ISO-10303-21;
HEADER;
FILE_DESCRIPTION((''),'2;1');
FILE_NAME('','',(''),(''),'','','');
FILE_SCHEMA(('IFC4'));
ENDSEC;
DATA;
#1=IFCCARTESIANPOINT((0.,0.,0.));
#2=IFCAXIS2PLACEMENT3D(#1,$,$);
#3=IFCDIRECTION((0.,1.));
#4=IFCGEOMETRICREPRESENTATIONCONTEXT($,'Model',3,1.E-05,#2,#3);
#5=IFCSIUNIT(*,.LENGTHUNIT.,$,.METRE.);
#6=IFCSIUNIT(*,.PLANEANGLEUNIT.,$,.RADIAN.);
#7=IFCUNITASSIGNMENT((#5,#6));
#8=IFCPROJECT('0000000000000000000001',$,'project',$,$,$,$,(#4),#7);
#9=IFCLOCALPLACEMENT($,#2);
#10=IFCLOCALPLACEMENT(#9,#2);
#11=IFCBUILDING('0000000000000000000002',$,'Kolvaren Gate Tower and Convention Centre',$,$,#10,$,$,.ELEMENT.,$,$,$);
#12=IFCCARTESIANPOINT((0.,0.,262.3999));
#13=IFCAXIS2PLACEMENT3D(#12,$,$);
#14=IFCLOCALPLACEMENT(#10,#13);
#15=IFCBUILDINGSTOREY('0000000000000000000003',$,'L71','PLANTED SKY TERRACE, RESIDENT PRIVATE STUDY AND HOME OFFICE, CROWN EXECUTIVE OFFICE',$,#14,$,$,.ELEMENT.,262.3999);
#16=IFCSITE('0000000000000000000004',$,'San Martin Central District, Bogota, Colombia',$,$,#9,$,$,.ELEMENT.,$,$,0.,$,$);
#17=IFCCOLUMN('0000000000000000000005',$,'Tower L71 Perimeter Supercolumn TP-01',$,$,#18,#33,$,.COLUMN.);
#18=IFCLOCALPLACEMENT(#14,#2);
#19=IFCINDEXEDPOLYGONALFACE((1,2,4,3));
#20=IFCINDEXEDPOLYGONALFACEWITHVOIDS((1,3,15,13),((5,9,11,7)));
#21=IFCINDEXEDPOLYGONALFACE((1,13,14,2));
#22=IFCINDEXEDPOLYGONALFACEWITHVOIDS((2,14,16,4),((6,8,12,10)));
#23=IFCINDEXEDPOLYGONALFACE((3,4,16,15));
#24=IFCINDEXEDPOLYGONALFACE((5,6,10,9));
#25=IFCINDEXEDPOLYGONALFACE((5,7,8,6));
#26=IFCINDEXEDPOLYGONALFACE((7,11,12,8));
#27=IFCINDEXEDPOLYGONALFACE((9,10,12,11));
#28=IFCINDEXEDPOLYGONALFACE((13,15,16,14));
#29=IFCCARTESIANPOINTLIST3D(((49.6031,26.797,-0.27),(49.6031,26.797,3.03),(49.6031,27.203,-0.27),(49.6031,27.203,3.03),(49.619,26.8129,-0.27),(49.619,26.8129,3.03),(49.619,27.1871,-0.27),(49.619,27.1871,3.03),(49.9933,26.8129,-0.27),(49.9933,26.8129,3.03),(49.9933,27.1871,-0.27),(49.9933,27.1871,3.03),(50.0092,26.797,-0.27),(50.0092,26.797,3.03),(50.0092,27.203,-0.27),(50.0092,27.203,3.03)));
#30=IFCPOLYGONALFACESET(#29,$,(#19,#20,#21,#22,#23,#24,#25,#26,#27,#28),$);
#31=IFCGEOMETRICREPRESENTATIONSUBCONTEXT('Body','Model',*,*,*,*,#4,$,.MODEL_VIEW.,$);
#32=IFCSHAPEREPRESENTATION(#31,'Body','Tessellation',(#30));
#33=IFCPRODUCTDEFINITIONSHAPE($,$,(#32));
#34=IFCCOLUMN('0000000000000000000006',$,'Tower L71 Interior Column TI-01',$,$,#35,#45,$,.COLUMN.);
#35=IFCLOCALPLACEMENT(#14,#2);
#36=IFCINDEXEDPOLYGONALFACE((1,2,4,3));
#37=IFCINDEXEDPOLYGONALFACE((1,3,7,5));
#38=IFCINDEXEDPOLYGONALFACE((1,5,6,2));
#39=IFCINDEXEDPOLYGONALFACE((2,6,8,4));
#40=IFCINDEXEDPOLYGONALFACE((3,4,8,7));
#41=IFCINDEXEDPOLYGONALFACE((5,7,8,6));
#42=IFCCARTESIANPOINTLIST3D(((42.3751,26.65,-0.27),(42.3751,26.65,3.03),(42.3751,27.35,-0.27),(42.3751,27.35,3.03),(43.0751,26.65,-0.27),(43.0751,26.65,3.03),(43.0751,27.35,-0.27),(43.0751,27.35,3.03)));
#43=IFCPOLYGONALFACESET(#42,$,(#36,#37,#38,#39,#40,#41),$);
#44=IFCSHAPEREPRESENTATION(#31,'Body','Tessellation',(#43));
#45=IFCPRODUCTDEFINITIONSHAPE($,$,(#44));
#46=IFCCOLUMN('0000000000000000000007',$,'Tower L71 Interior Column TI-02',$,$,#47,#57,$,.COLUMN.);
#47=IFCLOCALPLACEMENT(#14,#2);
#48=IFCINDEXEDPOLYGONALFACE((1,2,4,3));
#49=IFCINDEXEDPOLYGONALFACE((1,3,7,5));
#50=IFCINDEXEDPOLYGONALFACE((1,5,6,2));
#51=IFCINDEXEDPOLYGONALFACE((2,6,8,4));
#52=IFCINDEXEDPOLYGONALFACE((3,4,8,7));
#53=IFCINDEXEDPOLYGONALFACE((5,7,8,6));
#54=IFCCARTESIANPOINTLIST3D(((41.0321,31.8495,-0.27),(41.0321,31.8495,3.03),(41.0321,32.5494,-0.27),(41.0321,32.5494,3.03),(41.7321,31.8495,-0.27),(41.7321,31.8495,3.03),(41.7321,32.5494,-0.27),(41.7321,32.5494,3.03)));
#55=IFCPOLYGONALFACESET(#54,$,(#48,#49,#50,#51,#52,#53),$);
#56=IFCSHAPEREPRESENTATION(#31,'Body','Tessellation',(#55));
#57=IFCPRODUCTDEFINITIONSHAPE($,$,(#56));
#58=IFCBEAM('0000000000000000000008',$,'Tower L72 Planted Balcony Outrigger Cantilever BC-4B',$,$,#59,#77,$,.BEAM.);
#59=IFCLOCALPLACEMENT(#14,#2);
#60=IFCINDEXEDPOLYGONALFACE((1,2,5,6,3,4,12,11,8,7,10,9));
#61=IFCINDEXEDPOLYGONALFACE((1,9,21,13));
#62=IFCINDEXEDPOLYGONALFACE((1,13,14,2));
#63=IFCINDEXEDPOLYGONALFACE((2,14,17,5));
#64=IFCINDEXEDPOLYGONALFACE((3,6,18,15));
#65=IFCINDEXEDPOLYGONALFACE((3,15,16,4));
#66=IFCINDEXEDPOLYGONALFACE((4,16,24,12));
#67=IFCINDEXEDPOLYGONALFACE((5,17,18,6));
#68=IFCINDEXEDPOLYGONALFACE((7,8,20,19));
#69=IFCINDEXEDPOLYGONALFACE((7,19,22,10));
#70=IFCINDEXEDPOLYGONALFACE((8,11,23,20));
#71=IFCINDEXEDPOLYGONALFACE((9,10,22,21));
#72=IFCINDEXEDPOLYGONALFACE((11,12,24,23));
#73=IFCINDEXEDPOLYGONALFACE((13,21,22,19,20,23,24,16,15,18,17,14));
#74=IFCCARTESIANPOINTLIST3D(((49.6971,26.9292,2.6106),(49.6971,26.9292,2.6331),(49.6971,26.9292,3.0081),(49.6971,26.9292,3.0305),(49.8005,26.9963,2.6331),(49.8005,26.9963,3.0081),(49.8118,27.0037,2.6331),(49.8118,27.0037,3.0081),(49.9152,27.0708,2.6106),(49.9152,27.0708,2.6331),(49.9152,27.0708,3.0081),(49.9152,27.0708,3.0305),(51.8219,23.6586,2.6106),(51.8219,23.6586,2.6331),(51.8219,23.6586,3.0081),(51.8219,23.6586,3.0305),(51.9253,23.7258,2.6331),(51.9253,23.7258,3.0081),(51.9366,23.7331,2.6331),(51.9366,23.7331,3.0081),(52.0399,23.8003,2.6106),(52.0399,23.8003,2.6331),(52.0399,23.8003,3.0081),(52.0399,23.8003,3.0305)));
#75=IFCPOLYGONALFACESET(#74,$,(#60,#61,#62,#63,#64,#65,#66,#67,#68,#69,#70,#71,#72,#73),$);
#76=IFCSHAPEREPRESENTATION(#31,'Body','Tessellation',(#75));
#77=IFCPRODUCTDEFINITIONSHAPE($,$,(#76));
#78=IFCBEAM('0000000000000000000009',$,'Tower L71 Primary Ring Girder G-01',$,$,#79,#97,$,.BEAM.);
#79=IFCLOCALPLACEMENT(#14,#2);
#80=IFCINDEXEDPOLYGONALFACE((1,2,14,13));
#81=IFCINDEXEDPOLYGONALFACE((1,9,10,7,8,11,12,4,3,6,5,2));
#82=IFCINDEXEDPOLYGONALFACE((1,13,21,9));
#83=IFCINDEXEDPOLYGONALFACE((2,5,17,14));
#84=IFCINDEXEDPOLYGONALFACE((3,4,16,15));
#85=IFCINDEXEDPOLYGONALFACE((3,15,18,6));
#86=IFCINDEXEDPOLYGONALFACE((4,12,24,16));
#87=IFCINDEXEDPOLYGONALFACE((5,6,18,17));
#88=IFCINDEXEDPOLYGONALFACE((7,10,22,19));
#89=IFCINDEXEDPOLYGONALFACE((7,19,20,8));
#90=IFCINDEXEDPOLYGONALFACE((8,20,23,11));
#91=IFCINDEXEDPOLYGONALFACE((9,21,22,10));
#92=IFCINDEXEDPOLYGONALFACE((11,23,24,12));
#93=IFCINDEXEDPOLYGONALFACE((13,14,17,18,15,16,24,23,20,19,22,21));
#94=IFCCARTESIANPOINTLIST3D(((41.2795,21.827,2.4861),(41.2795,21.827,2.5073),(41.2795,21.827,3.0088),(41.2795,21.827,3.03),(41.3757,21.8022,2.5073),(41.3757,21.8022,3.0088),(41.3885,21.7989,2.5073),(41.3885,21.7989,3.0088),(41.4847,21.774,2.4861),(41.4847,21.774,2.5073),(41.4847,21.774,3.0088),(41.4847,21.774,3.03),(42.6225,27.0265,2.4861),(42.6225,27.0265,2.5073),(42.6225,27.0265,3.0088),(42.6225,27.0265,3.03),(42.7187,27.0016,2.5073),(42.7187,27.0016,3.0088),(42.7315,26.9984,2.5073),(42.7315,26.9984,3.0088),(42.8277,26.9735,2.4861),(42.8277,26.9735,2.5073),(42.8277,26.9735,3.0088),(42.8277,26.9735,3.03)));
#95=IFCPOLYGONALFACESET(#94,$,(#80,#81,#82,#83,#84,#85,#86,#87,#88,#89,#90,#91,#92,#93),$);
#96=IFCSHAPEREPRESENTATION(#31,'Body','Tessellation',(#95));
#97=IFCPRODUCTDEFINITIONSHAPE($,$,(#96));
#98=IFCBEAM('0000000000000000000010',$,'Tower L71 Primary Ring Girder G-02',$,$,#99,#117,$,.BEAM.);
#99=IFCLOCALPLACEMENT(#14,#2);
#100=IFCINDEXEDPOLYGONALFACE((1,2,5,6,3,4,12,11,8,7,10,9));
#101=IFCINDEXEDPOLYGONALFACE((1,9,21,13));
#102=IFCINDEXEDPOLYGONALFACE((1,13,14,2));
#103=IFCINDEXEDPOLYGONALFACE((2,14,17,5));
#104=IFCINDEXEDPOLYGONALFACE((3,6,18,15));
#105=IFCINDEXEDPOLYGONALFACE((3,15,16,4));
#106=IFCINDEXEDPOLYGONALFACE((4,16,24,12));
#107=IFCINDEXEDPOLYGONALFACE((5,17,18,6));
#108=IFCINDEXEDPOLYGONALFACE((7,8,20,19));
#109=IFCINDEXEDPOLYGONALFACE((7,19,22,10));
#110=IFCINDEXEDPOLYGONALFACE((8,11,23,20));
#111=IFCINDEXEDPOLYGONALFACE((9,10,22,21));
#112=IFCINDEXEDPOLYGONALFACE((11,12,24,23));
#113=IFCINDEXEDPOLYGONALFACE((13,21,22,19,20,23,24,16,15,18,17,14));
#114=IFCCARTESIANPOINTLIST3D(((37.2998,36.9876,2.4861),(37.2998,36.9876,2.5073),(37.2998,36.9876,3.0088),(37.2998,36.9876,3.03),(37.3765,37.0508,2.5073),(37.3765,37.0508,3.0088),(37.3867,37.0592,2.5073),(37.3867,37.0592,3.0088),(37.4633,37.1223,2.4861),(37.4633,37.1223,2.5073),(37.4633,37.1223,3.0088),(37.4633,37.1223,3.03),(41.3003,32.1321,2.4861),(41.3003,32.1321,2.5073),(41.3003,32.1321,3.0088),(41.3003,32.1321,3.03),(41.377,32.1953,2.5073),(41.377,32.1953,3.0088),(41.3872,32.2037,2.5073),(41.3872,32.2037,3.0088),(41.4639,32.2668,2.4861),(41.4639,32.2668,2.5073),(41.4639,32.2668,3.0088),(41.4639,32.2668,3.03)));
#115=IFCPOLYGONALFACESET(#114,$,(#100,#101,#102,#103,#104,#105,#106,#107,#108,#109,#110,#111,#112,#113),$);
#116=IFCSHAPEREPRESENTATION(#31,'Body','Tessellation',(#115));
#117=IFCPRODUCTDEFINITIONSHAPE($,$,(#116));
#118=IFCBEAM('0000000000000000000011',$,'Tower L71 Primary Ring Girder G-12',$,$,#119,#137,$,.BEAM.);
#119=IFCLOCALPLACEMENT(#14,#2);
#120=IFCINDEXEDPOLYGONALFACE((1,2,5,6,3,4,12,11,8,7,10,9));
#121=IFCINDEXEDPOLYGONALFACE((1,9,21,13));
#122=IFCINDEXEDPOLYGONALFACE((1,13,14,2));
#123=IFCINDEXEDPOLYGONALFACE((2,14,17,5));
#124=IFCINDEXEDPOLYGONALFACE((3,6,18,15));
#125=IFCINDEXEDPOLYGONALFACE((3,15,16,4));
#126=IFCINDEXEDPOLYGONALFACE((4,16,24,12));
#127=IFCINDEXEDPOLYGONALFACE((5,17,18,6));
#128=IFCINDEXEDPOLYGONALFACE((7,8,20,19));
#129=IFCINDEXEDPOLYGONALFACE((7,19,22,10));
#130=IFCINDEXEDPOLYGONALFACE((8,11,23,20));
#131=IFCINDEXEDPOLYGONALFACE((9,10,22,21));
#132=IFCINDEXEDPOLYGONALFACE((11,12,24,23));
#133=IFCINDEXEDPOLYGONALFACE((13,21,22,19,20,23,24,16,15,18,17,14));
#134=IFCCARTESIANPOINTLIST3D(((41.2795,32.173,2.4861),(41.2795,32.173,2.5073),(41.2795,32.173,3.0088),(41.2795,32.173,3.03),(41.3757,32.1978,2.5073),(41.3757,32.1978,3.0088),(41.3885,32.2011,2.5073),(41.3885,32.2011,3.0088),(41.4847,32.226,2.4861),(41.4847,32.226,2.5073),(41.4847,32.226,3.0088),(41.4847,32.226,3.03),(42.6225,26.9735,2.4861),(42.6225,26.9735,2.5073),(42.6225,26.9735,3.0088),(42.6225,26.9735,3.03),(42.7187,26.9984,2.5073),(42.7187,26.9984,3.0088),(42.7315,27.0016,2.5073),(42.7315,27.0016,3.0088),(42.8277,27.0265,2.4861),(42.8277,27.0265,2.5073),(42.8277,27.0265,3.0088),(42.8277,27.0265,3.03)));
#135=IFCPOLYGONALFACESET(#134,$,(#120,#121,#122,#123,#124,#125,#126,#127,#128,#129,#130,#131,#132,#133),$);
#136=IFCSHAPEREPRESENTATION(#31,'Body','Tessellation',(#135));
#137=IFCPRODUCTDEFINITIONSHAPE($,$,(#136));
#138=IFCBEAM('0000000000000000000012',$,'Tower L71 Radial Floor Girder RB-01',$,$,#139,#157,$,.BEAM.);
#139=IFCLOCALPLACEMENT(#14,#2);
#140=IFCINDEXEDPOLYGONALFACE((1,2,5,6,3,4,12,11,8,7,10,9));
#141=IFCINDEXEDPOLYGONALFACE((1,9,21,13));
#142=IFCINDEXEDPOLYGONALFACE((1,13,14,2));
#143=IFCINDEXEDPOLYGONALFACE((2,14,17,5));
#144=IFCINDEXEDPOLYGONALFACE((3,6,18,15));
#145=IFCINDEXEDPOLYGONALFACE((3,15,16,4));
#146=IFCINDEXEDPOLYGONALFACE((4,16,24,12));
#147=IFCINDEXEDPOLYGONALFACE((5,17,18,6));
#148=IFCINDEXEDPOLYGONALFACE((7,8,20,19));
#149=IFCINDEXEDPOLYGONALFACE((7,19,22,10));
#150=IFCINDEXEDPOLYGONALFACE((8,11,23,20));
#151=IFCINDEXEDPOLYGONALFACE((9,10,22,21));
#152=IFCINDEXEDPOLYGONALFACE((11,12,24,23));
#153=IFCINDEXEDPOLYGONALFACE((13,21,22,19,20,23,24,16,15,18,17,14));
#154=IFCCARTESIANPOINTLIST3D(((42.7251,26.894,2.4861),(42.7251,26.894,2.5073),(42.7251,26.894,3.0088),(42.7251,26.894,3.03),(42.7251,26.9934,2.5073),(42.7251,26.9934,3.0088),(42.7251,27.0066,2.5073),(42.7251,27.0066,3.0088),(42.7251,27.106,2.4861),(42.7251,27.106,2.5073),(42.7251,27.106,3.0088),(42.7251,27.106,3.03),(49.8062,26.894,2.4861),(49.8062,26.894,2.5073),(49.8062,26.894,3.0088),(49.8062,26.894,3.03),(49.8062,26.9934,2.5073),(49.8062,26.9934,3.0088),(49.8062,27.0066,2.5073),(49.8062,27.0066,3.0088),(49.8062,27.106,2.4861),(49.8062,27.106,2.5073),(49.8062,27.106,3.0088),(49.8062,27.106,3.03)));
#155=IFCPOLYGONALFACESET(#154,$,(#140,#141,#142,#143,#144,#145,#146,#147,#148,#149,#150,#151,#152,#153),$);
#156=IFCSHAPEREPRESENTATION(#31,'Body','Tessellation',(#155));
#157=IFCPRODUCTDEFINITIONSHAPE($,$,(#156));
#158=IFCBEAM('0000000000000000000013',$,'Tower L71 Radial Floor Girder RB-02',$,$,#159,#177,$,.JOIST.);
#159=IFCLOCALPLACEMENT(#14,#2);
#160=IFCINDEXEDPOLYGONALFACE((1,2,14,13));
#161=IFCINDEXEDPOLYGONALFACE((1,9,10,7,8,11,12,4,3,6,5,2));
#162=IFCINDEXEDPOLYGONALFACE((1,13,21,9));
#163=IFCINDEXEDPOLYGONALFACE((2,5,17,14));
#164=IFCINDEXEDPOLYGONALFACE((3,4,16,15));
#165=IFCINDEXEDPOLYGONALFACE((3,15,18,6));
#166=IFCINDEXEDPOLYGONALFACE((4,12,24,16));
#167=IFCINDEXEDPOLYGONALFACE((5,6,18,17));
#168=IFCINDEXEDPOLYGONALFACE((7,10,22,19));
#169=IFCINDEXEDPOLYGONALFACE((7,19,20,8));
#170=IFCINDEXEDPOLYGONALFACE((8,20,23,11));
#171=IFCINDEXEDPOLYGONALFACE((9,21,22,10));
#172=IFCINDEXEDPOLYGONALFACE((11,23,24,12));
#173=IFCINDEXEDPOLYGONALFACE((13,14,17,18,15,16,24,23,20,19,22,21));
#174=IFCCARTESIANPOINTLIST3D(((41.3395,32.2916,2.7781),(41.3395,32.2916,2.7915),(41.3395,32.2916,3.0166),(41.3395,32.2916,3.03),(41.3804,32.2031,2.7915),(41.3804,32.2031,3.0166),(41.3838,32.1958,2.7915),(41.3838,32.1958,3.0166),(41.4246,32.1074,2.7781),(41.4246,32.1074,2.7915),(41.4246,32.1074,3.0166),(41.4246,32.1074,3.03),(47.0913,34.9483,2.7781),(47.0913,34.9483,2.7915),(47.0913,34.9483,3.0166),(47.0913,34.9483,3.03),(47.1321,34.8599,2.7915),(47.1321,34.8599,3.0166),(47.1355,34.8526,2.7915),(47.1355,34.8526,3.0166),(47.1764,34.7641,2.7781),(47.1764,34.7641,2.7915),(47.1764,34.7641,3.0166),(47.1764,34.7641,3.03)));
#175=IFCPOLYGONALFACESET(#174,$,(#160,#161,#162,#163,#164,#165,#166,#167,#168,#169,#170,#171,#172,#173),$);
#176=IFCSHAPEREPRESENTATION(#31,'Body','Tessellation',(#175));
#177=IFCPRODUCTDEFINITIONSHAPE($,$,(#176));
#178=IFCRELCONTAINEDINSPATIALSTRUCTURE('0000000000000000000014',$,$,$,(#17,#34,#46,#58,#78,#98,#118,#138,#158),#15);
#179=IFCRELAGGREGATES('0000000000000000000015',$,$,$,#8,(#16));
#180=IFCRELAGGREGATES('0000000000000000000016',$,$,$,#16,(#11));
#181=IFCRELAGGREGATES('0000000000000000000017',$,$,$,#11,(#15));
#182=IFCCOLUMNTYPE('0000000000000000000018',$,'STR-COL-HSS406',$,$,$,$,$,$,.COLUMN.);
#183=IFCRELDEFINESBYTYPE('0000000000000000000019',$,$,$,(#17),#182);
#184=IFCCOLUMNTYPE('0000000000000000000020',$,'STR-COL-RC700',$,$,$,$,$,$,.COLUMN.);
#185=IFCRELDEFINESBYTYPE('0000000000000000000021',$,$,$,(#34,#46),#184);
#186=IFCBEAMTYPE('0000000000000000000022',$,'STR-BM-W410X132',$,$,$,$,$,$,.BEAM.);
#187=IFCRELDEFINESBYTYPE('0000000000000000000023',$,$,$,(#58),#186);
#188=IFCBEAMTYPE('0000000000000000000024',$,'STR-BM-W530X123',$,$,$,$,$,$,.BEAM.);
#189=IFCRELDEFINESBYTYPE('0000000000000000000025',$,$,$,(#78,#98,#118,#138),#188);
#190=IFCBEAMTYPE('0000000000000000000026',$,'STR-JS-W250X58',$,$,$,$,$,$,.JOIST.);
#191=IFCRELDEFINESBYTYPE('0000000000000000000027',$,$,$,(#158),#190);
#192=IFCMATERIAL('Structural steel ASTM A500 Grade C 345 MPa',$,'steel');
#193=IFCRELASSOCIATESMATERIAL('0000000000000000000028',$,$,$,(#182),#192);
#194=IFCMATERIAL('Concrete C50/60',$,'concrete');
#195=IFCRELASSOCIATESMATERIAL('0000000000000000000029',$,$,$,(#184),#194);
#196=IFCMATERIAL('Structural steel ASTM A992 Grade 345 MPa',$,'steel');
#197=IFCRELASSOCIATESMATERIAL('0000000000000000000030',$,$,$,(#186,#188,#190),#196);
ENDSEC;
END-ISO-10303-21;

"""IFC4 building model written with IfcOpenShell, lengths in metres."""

from ifc_helpers import new_model, si_unit, direction, frame, origin, origin_2d, place, context, subcontext, project, spatial, rectangle, hollow_rectangle, i_section, extrude, material, material_profile, profile_set, type_object, element, save


model = new_model("IFC4")

# Units and contexts
model_context = context("Model", 3, precision=1e-05, world=origin(), true_north=direction((0.0, 1.0)))
body_context = subcontext(model_context, "Body", "Model", "MODEL_VIEW")
ifc_project = project(units=[si_unit("LENGTHUNIT", "METRE"), si_unit("PLANEANGLEUNIT", "RADIAN")], contexts=[model_context])

# Site, building, storey
site_placement = place(None, origin())
site = spatial("IfcSite", under=ifc_project, at=site_placement, Name="San Martin Central District, Bogota, Colombia", CompositionType="ELEMENT", RefElevation=0.0)
building_placement = place(site_placement, origin())
building = spatial("IfcBuilding", under=site, at=building_placement, Name="Kolvaren Gate Tower and Convention Centre", CompositionType="ELEMENT")
storey_placement = place(building_placement, frame((0.0, 0.0, 262.3999)))
storey = spatial("IfcBuildingStorey", under=building, at=storey_placement, Name="L71", Description="PLANTED SKY TERRACE, RESIDENT PRIVATE STUDY AND HOME OFFICE, CROWN EXECUTIVE OFFICE", CompositionType="ELEMENT", Elevation=262.3999)

# Columns
ifc_material_1 = material(Name="Structural steel ASTM A500 Grade C 345 MPa", Category="steel")
ifc_material_profile_1 = material_profile(ifc_material_1, hollow_rectangle(XDim=0.406, YDim=0.406, WallThickness=0.0159, at=origin_2d()), Name="HSS406X406X15.9")
ifc_profile_set_1 = profile_set([ifc_material_profile_1], Name="Structural steel ASTM A500 Grade C 345 MPa")
column_type_1 = type_object("IfcColumnType", Name="STR-COL-HSS406", PredefinedType="COLUMN", material=ifc_profile_set_1)
column_placement = place(storey_placement, frame((49.8062, 27.0, -0.27), z_axis=(0.0, 0.0, 1.0), x_axis=(1.0, 0.0, 0.0)))
element("IfcColumn", 1, at=column_placement, inside=storey, type_object=column_type_1, Name="Tower L71 Perimeter Supercolumn TP-01", PredefinedType="COLUMN", context=body_context, shape_type="SweptSolid", body=[
    extrude(hollow_rectangle(XDim=0.406, YDim=0.406, WallThickness=0.0159, at=origin_2d()), origin(), (0.0, 0.0, 1.0), 3.3),
])
ifc_material_2 = material(Name="Concrete C50/60", Category="concrete")
ifc_material_profile_2 = material_profile(ifc_material_2, rectangle(XDim=0.7, YDim=0.7, at=origin_2d()), Name="RC-COL-700X700")
ifc_profile_set_2 = profile_set([ifc_material_profile_2], Name="Concrete C50/60")
column_type_2 = type_object("IfcColumnType", Name="STR-COL-RC700", PredefinedType="COLUMN", material=ifc_profile_set_2)
for number, where, z_axis, x_axis, name in (
    (2, (42.7251, 27.0, -0.27), (0.0, 0.0, 1.0), (1.0, 0.0, 0.0), "Tower L71 Interior Column TI-01"),
    (3, (41.3821, 32.1995, -0.27), (0.0, 0.0, 1.0), (1.0, 0.0, 0.0), "Tower L71 Interior Column TI-02"),
):
    element("IfcColumn", number, at=place(storey_placement, frame(where, z_axis=z_axis, x_axis=x_axis)), inside=storey, type_object=column_type_2, Name=name, PredefinedType="COLUMN", context=body_context, shape_type="SweptSolid", body=[
        extrude(rectangle(XDim=0.7, YDim=0.7, at=origin_2d()), origin(), (0.0, 0.0, 1.0), 3.3),
    ])

# Beams
ifc_material_3 = material(Name="Structural steel ASTM A992 Grade 345 MPa", Category="steel")
ifc_material_profile_3 = material_profile(ifc_material_3, i_section(OverallWidth=0.26, OverallDepth=0.4199, WebThickness=0.0134, FlangeThickness=0.0225, at=origin_2d()), Name="W410X132")
ifc_profile_set_3 = profile_set([ifc_material_profile_3], Name="Structural steel ASTM A992 Grade 345 MPa")
beam_type_1 = type_object("IfcBeamType", Name="STR-BM-W410X132", PredefinedType="BEAM", material=ifc_profile_set_3)
beam_1_placement = place(storey_placement, frame((49.8062, 27.0, 2.8206), z_axis=(0.544795, -0.838569, 0.0), x_axis=(0.838569, 0.544795, 0.0)))
element("IfcBeam", 4, at=beam_1_placement, inside=storey, type_object=beam_type_1, Name="Tower L72 Planted Balcony Outrigger Cantilever BC-4B", PredefinedType="BEAM", context=body_context, shape_type="SweptSolid", body=[
    extrude(i_section(OverallWidth=0.26, OverallDepth=0.4199, WebThickness=0.0134, FlangeThickness=0.0225, at=origin_2d()), origin(), (0.0, 0.0, 1.0), 3.9001),
])
ifc_material_profile_4 = material_profile(ifc_material_3, i_section(OverallWidth=0.2119, OverallDepth=0.5439, WebThickness=0.0132, FlangeThickness=0.0212, at=origin_2d()), Name="W530X123")
ifc_profile_set_4 = profile_set([ifc_material_profile_4], Name="Structural steel ASTM A992 Grade 345 MPa")
beam_type_2 = type_object("IfcBeamType", Name="STR-BM-W530X123", PredefinedType="BEAM", material=ifc_profile_set_4)
beam_2_placement = place(storey_placement, frame((42.7251, 27.0, 2.7581), z_axis=(-0.250091, -0.968222, 0.0), x_axis=(0.968222, -0.250091, 0.0)))
element("IfcBeam", 5, at=beam_2_placement, inside=storey, type_object=beam_type_2, Name="Tower L71 Primary Ring Girder G-01", PredefinedType="BEAM", context=body_context, shape_type="SweptSolid", body=[
    extrude(i_section(OverallWidth=0.2119, OverallDepth=0.5439, WebThickness=0.0132, FlangeThickness=0.0212, at=origin_2d()), origin(), (0.0, 0.0, 1.0), 5.3701),
])
beam_3_placement = place(storey_placement, frame((41.3821, 32.1995, 2.7581), z_axis=(-0.635884, 0.771785, 0.0), x_axis=(-0.771785, -0.635884, 0.0)))
element("IfcBeam", 6, at=beam_3_placement, inside=storey, type_object=beam_type_2, Name="Tower L71 Primary Ring Girder G-02", PredefinedType="BEAM", context=body_context, shape_type="SweptSolid", body=[
    extrude(i_section(OverallWidth=0.2119, OverallDepth=0.5439, WebThickness=0.0132, FlangeThickness=0.0212, at=origin_2d()), origin(), (0.0, 0.0, 1.0), 6.2913),
])
beam_4_placement = place(storey_placement, frame((42.7251, 27.0, 2.7581), z_axis=(-0.250091, 0.968222, 0.0), x_axis=(-0.968222, -0.250091, 0.0)))
element("IfcBeam", 7, at=beam_4_placement, inside=storey, type_object=beam_type_2, Name="Tower L71 Primary Ring Girder G-12", PredefinedType="BEAM", context=body_context, shape_type="SweptSolid", body=[
    extrude(i_section(OverallWidth=0.2119, OverallDepth=0.5439, WebThickness=0.0132, FlangeThickness=0.0212, at=origin_2d()), origin(), (0.0, 0.0, 1.0), 5.3701),
])
beam_5_placement = place(storey_placement, frame((42.7251, 27.0, 2.7581), z_axis=(1.0, 0.0, 0.0), x_axis=(0.0, 1.0, 0.0)))
element("IfcBeam", 8, at=beam_5_placement, inside=storey, type_object=beam_type_2, Name="Tower L71 Radial Floor Girder RB-01", PredefinedType="BEAM", context=body_context, shape_type="SweptSolid", body=[
    extrude(i_section(OverallWidth=0.2119, OverallDepth=0.5439, WebThickness=0.0132, FlangeThickness=0.0212, at=origin_2d()), origin(), (0.0, 0.0, 1.0), 7.0811),
])
ifc_material_profile_5 = material_profile(ifc_material_3, i_section(OverallWidth=0.2029, OverallDepth=0.252, WebThickness=0.0081, FlangeThickness=0.0134, at=origin_2d()), Name="W250X58")
ifc_profile_set_5 = profile_set([ifc_material_profile_5], Name="Structural steel ASTM A992 Grade 345 MPa")
beam_type_3 = type_object("IfcBeamType", Name="STR-JS-W250X58", PredefinedType="JOIST", material=ifc_profile_set_5)
beam_6_placement = place(storey_placement, frame((41.3821, 32.1995, 2.9041), z_axis=(0.907833, 0.419332, 0.0), x_axis=(-0.419332, 0.907833, 0.0)))
element("IfcBeam", 9, at=beam_6_placement, inside=storey, type_object=beam_type_3, Name="Tower L71 Radial Floor Girder RB-02", PredefinedType="JOIST", context=body_context, shape_type="SweptSolid", body=[
    extrude(i_section(OverallWidth=0.2029, OverallDepth=0.252, WebThickness=0.0081, FlangeThickness=0.0134, at=origin_2d()), origin(), (0.0, 0.0, 1.0), 6.3357),
])

save(model, "model.ifc")
